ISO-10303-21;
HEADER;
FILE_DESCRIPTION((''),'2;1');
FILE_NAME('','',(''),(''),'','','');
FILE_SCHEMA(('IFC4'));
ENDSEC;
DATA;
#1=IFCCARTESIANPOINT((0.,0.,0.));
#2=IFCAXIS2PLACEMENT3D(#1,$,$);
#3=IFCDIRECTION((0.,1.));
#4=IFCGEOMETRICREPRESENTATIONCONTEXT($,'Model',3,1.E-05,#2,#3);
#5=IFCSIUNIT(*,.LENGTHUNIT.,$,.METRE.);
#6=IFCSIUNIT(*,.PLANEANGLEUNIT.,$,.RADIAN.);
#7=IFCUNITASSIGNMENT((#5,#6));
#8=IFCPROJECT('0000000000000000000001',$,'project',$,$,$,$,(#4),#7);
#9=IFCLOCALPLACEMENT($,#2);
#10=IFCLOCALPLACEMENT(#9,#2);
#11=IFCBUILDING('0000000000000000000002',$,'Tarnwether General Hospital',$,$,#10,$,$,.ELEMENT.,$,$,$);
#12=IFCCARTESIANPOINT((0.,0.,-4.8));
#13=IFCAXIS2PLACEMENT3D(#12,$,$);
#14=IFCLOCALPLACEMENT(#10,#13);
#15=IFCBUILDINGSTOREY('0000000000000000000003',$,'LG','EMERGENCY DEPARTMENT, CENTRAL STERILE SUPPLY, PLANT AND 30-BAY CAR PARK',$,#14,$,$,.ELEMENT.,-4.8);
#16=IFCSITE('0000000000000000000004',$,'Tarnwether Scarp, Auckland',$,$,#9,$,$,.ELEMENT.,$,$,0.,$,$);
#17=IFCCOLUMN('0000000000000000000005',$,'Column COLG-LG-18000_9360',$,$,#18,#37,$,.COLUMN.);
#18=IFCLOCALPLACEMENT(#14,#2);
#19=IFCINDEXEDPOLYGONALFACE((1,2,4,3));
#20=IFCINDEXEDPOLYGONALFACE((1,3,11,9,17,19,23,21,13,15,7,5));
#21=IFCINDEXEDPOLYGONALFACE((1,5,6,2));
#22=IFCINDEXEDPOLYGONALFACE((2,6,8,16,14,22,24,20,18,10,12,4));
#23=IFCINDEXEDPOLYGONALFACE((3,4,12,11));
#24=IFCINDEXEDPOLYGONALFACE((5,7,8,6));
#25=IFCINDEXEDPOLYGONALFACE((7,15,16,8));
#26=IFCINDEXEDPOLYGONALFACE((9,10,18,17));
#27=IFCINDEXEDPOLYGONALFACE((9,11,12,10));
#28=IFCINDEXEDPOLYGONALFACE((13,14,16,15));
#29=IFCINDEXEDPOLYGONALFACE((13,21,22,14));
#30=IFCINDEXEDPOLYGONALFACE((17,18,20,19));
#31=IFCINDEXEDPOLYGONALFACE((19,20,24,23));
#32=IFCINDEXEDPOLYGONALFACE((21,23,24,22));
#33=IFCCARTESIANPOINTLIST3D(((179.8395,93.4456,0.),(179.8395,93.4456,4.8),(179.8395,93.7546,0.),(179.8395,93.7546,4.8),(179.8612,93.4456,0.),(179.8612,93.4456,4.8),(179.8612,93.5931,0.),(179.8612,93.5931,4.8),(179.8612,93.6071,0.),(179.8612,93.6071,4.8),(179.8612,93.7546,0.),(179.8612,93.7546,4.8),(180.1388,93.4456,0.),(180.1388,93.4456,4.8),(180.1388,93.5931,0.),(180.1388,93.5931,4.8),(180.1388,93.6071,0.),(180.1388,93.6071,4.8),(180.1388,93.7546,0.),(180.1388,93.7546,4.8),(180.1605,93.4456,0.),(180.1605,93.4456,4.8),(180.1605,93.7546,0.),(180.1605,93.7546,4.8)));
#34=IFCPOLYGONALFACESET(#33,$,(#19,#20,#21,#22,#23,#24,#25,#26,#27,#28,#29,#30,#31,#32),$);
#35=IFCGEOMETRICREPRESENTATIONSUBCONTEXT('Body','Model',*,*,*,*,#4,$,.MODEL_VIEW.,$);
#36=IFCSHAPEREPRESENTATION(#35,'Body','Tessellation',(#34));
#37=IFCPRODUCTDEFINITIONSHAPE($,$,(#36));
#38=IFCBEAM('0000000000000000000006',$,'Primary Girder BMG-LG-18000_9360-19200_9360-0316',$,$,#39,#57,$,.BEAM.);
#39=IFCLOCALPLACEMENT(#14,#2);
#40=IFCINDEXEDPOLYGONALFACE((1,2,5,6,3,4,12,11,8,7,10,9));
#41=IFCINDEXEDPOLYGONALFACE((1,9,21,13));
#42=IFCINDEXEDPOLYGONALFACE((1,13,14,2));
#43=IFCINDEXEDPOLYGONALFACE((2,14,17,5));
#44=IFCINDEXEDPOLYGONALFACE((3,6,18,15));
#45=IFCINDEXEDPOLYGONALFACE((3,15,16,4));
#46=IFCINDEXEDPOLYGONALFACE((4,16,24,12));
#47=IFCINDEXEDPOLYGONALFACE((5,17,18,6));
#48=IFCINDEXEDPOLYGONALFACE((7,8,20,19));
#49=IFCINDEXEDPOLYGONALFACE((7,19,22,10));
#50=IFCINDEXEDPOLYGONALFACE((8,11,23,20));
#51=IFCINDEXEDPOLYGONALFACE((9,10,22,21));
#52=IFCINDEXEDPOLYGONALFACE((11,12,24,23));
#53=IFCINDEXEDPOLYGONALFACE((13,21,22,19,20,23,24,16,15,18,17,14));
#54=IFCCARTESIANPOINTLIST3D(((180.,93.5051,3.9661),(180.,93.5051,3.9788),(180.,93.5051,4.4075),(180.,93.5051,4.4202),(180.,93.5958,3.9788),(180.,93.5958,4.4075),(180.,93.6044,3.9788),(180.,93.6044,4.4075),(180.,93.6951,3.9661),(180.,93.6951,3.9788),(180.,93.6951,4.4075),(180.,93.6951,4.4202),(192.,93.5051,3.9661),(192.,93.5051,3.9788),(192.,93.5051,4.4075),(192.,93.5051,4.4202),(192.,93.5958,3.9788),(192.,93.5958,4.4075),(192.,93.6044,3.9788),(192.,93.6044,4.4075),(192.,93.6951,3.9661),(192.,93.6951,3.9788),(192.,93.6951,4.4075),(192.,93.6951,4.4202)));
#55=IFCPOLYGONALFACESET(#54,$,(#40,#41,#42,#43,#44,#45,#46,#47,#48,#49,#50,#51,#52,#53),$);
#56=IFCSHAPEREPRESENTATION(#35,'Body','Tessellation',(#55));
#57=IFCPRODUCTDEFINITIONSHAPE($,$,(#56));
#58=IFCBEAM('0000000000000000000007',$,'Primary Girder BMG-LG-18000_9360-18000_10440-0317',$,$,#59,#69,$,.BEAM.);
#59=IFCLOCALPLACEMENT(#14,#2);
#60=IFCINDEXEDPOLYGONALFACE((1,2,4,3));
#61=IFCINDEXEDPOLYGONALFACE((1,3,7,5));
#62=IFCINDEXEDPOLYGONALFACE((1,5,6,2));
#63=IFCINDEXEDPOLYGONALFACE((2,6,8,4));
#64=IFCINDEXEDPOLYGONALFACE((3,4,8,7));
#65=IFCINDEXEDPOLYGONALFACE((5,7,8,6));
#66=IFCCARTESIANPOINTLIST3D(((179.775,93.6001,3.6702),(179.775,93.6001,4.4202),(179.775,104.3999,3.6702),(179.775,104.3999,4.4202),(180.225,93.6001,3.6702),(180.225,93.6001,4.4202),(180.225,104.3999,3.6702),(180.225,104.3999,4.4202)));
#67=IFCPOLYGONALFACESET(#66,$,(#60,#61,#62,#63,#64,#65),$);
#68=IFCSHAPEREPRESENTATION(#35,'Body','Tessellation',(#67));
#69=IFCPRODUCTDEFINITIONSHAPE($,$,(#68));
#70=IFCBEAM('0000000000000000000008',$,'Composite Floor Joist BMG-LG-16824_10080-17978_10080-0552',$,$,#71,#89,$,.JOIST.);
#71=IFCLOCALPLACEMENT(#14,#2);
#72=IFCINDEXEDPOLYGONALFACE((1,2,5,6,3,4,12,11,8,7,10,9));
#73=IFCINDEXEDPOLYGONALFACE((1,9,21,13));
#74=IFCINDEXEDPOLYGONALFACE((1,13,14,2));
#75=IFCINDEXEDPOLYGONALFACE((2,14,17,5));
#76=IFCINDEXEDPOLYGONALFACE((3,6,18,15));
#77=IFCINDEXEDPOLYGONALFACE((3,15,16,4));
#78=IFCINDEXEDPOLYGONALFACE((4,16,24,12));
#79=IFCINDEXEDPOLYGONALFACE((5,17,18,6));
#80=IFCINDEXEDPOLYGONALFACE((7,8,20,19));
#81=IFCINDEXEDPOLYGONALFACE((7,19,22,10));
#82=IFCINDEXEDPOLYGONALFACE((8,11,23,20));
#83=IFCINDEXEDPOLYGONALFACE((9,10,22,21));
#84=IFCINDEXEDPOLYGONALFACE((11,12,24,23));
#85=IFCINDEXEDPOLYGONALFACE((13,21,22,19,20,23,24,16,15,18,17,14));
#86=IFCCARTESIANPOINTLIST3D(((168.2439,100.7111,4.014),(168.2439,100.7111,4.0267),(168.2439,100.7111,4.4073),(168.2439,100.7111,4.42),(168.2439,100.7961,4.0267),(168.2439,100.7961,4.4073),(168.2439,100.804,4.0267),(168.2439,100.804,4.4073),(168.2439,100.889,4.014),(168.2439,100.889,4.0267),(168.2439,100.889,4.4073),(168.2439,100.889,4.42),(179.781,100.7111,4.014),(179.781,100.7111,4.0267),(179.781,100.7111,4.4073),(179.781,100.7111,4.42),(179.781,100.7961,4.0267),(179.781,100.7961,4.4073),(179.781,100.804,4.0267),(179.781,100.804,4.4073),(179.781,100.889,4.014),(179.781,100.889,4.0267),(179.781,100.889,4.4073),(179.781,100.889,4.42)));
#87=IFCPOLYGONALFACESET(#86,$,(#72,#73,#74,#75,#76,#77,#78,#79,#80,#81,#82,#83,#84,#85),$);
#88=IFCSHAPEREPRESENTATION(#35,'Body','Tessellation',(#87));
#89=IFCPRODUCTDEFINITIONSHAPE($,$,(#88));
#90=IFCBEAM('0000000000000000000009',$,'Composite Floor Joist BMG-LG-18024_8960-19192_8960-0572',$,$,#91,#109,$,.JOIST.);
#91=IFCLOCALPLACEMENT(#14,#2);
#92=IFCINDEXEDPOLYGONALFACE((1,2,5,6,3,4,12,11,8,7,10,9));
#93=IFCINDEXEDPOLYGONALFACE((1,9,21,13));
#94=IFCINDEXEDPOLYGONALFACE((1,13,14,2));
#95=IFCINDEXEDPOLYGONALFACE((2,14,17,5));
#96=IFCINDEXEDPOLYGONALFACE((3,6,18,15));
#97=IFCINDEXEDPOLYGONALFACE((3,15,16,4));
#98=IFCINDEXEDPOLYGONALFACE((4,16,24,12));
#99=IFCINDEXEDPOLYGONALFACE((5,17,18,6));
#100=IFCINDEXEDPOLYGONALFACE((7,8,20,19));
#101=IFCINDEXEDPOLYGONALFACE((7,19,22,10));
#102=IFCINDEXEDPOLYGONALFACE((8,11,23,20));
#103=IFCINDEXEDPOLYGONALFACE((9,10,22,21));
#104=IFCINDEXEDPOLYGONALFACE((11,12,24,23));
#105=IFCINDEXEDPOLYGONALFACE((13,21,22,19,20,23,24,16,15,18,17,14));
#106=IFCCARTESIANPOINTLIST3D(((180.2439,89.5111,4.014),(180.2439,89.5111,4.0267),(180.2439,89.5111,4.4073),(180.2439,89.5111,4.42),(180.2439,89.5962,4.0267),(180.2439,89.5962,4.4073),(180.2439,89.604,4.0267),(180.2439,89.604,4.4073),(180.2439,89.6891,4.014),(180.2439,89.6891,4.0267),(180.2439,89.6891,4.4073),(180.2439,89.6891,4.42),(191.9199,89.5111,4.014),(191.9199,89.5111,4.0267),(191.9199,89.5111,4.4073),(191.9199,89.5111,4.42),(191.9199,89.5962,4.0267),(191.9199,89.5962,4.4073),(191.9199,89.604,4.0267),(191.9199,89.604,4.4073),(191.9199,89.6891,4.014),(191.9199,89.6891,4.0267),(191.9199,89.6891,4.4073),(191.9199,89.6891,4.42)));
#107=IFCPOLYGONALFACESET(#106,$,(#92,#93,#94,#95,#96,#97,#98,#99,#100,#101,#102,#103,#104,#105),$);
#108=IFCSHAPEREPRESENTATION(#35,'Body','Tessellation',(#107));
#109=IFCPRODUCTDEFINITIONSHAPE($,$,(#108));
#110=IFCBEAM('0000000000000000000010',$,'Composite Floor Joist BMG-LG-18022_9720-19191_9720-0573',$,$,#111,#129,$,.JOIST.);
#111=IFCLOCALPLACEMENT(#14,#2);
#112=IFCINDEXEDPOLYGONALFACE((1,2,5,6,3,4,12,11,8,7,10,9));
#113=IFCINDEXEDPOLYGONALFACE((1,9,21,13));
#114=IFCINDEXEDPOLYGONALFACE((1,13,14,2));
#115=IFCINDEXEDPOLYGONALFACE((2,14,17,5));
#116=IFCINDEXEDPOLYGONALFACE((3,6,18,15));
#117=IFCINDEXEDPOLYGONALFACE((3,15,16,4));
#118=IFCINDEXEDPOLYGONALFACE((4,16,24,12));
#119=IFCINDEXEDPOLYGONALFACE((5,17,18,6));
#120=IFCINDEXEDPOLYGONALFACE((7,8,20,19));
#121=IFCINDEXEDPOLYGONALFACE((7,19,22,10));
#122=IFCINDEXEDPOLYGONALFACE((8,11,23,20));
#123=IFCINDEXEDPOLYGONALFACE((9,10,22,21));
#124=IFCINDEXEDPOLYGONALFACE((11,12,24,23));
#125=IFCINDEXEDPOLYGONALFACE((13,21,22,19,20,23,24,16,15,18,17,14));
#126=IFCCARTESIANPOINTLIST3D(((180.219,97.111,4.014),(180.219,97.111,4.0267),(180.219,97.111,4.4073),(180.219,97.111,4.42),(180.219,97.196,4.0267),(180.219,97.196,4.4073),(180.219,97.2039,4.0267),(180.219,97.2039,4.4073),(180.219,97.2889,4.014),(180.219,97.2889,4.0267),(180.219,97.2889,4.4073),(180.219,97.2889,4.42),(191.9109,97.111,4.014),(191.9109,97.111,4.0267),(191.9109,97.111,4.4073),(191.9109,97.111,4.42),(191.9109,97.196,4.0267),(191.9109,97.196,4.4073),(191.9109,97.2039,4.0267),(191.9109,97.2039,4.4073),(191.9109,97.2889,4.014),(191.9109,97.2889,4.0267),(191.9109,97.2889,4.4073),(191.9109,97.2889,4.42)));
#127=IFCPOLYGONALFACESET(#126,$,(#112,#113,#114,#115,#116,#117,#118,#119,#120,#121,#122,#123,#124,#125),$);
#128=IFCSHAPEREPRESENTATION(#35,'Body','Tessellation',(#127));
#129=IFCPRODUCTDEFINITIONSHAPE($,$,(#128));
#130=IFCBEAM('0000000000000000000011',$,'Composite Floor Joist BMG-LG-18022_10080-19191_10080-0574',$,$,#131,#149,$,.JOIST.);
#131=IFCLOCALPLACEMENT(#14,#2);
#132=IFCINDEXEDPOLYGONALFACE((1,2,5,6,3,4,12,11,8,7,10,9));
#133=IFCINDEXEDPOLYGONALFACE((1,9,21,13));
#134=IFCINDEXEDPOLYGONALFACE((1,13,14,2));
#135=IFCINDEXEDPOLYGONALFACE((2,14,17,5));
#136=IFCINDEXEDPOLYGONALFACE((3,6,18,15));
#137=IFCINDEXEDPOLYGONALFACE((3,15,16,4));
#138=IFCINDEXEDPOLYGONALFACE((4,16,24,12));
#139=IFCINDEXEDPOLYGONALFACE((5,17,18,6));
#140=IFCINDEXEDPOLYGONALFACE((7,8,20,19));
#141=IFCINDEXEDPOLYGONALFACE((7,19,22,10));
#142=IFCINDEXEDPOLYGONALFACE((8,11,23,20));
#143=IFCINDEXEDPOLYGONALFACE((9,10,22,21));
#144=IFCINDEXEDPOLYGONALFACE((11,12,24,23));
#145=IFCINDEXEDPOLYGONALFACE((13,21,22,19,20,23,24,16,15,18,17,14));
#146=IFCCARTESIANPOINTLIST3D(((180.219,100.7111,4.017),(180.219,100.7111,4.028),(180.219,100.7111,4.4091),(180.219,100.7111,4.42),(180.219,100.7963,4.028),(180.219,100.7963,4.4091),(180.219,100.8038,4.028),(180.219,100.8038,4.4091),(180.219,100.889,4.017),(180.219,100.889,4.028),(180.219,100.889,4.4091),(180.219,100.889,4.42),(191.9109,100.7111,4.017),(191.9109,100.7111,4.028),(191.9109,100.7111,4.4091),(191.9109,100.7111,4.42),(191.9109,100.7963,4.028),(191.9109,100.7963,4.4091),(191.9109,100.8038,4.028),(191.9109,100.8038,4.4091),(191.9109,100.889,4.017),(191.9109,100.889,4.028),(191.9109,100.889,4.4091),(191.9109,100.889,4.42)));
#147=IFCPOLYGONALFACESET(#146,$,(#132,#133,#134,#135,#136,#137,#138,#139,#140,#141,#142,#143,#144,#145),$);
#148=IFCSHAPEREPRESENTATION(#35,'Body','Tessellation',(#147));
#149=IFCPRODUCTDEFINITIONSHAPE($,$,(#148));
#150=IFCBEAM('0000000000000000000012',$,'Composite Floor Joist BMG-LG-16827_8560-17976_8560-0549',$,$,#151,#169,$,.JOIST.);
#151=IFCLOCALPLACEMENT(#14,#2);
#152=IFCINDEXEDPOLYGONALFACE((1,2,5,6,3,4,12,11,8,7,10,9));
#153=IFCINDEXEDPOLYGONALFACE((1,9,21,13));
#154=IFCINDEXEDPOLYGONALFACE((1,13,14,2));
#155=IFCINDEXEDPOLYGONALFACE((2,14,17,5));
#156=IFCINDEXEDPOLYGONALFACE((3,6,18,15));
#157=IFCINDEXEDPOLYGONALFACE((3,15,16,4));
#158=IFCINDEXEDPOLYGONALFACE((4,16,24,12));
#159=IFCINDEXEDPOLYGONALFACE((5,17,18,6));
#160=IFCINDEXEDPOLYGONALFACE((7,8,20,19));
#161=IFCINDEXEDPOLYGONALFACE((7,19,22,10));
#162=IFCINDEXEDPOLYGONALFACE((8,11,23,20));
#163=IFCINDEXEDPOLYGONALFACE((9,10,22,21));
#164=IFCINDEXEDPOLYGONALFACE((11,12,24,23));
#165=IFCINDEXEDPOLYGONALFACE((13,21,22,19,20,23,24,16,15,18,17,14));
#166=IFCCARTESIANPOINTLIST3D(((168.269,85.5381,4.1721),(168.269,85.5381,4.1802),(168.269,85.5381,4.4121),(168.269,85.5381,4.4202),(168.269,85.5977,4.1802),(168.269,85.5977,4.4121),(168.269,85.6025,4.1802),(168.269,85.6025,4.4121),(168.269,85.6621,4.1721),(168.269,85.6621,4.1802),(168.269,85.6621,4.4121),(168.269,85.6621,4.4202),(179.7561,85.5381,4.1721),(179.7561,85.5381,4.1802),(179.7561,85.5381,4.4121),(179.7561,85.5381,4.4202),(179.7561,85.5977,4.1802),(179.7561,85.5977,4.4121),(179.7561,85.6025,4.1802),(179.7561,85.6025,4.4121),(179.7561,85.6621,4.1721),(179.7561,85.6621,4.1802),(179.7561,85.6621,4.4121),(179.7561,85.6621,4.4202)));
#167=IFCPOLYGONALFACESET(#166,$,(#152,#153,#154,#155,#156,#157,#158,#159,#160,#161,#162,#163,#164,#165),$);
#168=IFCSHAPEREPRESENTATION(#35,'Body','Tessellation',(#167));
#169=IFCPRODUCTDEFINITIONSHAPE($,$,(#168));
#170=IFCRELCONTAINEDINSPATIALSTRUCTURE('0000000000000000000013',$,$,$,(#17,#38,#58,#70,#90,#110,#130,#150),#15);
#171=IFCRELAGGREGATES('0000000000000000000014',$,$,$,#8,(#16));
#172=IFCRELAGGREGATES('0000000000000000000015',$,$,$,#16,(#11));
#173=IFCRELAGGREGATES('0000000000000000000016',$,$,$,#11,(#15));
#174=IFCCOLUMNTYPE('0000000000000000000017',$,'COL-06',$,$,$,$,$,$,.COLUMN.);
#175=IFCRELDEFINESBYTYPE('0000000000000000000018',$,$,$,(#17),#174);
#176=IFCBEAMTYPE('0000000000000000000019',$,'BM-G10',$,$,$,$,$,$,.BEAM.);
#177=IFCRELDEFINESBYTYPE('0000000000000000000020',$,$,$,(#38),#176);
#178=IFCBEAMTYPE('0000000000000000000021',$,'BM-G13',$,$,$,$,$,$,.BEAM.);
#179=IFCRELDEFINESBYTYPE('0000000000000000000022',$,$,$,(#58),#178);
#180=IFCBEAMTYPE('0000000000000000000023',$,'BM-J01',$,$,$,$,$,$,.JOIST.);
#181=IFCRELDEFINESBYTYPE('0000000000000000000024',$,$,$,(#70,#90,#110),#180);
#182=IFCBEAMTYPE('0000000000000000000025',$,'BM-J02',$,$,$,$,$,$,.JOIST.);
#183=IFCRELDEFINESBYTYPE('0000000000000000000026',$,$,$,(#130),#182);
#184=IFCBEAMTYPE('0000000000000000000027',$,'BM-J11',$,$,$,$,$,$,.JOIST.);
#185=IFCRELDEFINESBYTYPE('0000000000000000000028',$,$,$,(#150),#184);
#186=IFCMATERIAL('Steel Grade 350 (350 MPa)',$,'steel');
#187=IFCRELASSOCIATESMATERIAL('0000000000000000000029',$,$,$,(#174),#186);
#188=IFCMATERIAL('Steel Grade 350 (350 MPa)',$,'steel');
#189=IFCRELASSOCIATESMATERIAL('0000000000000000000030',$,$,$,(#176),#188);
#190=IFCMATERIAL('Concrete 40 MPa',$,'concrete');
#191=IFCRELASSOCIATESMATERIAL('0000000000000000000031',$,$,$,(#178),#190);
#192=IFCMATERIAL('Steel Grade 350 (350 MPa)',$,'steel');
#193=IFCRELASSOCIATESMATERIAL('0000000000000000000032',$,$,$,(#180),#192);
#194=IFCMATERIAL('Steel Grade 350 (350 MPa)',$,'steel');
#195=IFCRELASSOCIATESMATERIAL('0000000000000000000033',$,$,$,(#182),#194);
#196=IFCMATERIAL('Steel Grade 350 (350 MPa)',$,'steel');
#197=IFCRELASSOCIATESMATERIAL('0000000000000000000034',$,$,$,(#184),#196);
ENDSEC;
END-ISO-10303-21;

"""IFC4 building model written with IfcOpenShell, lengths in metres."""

from ifc_helpers import new_model, si_unit, direction, frame, origin, origin_2d, place, context, subcontext, project, spatial, rectangle, i_section, extrude, material, material_profile, profile_set, type_object, element, save


model = new_model("IFC4")

# Units and contexts
model_context = context("Model", 3, precision=1e-05, world=origin(), true_north=direction((0.0, 1.0)))
body_context = subcontext(model_context, "Body", "Model", "MODEL_VIEW")
ifc_project = project(units=[si_unit("LENGTHUNIT", "METRE"), si_unit("PLANEANGLEUNIT", "RADIAN")], contexts=[model_context])

# Site, building, storey
site_placement = place(None, origin())
site = spatial("IfcSite", under=ifc_project, at=site_placement, Name="Tarnwether Scarp, Auckland", CompositionType="ELEMENT", RefElevation=0.0)
building_placement = place(site_placement, origin())
building = spatial("IfcBuilding", under=site, at=building_placement, Name="Tarnwether General Hospital", CompositionType="ELEMENT")
storey_placement = place(building_placement, frame((0.0, 0.0, -4.8)))
storey = spatial("IfcBuildingStorey", under=building, at=storey_placement, Name="LG", Description="EMERGENCY DEPARTMENT, CENTRAL STERILE SUPPLY, PLANT AND 30-BAY CAR PARK", CompositionType="ELEMENT", Elevation=-4.8)

# Column
ifc_material_1 = material(Name="Steel Grade 350 (350 MPa)", Category="steel")
ifc_material_profile_1 = material_profile(ifc_material_1, i_section(OverallWidth=0.3091, OverallDepth=0.321, WebThickness=0.0139, FlangeThickness=0.0217, at=origin_2d()), Name="310UC137")
ifc_profile_set_1 = profile_set([ifc_material_profile_1], Name="Steel Grade 350 (350 MPa)")
column_type = type_object("IfcColumnType", Name="COL-06", PredefinedType="COLUMN", material=ifc_profile_set_1)
column_placement = place(storey_placement, frame((180.0, 93.6001, 0.0), z_axis=(0.0, 0.0, 1.0), x_axis=(0.0, 1.0, 0.0)))
element("IfcColumn", 1, at=column_placement, inside=storey, type_object=column_type, Name="Column COLG-LG-18000_9360", PredefinedType="COLUMN", context=body_context, shape_type="SweptSolid", body=[
    extrude(i_section(OverallWidth=0.3091, OverallDepth=0.321, WebThickness=0.0139, FlangeThickness=0.0217, at=origin_2d()), origin(), (0.0, 0.0, 1.0), 4.8),
])

# Beams
ifc_material_2 = material(Name="Steel Grade 350 (350 MPa)", Category="steel")
ifc_material_profile_2 = material_profile(ifc_material_2, i_section(OverallWidth=0.1899, OverallDepth=0.4541, WebThickness=0.0085, FlangeThickness=0.0127, at=origin_2d()), Name="460UB67.1")
ifc_profile_set_2 = profile_set([ifc_material_profile_2], Name="Steel Grade 350 (350 MPa)")
beam_type_1 = type_object("IfcBeamType", Name="BM-G10", PredefinedType="BEAM", material=ifc_profile_set_2)
beam_1_placement = place(storey_placement, frame((180.0, 93.6001, 4.1931), z_axis=(1.0, 0.0, 0.0), x_axis=(0.0, 1.0, 0.0)))
element("IfcBeam", 2, at=beam_1_placement, inside=storey, type_object=beam_type_1, Name="Primary Girder BMG-LG-18000_9360-19200_9360-0316", PredefinedType="BEAM", context=body_context, shape_type="SweptSolid", body=[
    extrude(i_section(OverallWidth=0.1899, OverallDepth=0.4541, WebThickness=0.0085, FlangeThickness=0.0127, at=origin_2d()), origin(), (0.0, 0.0, 1.0), 12.0),
])
ifc_material_3 = material(Name="Concrete 40 MPa", Category="concrete")
ifc_material_profile_3 = material_profile(ifc_material_3, rectangle(XDim=0.45, YDim=0.75, at=origin_2d()), Name="RC-BM-450x750")
ifc_profile_set_3 = profile_set([ifc_material_profile_3], Name="Concrete 40 MPa")
beam_type_2 = type_object("IfcBeamType", Name="BM-G13", PredefinedType="BEAM", material=ifc_profile_set_3)
beam_2_placement = place(storey_placement, frame((180.0, 93.6001, 4.0452), z_axis=(0.0, 1.0, 0.0), x_axis=(-1.0, 0.0, 0.0)))
element("IfcBeam", 3, at=beam_2_placement, inside=storey, type_object=beam_type_2, Name="Primary Girder BMG-LG-18000_9360-18000_10440-0317", PredefinedType="BEAM", context=body_context, shape_type="SweptSolid", body=[
    extrude(rectangle(XDim=0.45, YDim=0.75, at=origin_2d()), origin(), (0.0, 0.0, 1.0), 10.7998),
])
ifc_material_4 = material(Name="Steel Grade 350 (350 MPa)", Category="steel")
ifc_material_profile_4 = material_profile(ifc_material_4, i_section(OverallWidth=0.178, OverallDepth=0.406, WebThickness=0.0078, FlangeThickness=0.0127, at=origin_2d()), Name="410UB59.7")
ifc_profile_set_4 = profile_set([ifc_material_profile_4], Name="Steel Grade 350 (350 MPa)")
beam_type_3 = type_object("IfcBeamType", Name="BM-J01", PredefinedType="JOIST", material=ifc_profile_set_4)
beam_3_placement = place(storey_placement, frame((168.2439, 100.8, 4.217), z_axis=(1.0, 0.0, 0.0), x_axis=(0.0, 1.0, 0.0)))
element("IfcBeam", 4, at=beam_3_placement, inside=storey, type_object=beam_type_3, Name="Composite Floor Joist BMG-LG-16824_10080-17978_10080-0552", PredefinedType="JOIST", context=body_context, shape_type="SweptSolid", body=[
    extrude(i_section(OverallWidth=0.178, OverallDepth=0.406, WebThickness=0.0078, FlangeThickness=0.0127, at=origin_2d()), origin(), (0.0, 0.0, 1.0), 11.5371),
])
beam_4_placement = place(storey_placement, frame((180.2439, 89.6001, 4.217), z_axis=(1.0, 0.0, 0.0), x_axis=(0.0, 1.0, 0.0)))
element("IfcBeam", 5, at=beam_4_placement, inside=storey, type_object=beam_type_3, Name="Composite Floor Joist BMG-LG-18024_8960-19192_8960-0572", PredefinedType="JOIST", context=body_context, shape_type="SweptSolid", body=[
    extrude(i_section(OverallWidth=0.178, OverallDepth=0.406, WebThickness=0.0078, FlangeThickness=0.0127, at=origin_2d()), origin(), (0.0, 0.0, 1.0), 11.676),
])
beam_5_placement = place(storey_placement, frame((180.219, 97.2, 4.217), z_axis=(1.0, 0.0, 0.0), x_axis=(0.0, 1.0, 0.0)))
element("IfcBeam", 6, at=beam_5_placement, inside=storey, type_object=beam_type_3, Name="Composite Floor Joist BMG-LG-18022_9720-19191_9720-0573", PredefinedType="JOIST", context=body_context, shape_type="SweptSolid", body=[
    extrude(i_section(OverallWidth=0.178, OverallDepth=0.406, WebThickness=0.0078, FlangeThickness=0.0127, at=origin_2d()), origin(), (0.0, 0.0, 1.0), 11.6919),
])
ifc_material_5 = material(Name="Steel Grade 350 (350 MPa)", Category="steel")
ifc_material_profile_5 = material_profile(ifc_material_5, i_section(OverallWidth=0.178, OverallDepth=0.4031, WebThickness=0.0076, FlangeThickness=0.011, at=origin_2d()), Name="410UB53.7")
ifc_profile_set_5 = profile_set([ifc_material_profile_5], Name="Steel Grade 350 (350 MPa)")
beam_type_4 = type_object("IfcBeamType", Name="BM-J02", PredefinedType="JOIST", material=ifc_profile_set_5)
beam_6_placement = place(storey_placement, frame((180.219, 100.8, 4.2185), z_axis=(1.0, 0.0, 0.0), x_axis=(0.0, 1.0, 0.0)))
element("IfcBeam", 7, at=beam_6_placement, inside=storey, type_object=beam_type_4, Name="Composite Floor Joist BMG-LG-18022_10080-19191_10080-0574", PredefinedType="JOIST", context=body_context, shape_type="SweptSolid", body=[
    extrude(i_section(OverallWidth=0.178, OverallDepth=0.4031, WebThickness=0.0076, FlangeThickness=0.011, at=origin_2d()), origin(), (0.0, 0.0, 1.0), 11.6919),
])
ifc_material_6 = material(Name="Steel Grade 350 (350 MPa)", Category="steel")
ifc_material_profile_6 = material_profile(ifc_material_6, i_section(OverallWidth=0.124, OverallDepth=0.248, WebThickness=0.0049, FlangeThickness=0.0081, at=origin_2d()), Name="250UB25.7")
ifc_profile_set_6 = profile_set([ifc_material_profile_6], Name="Steel Grade 350 (350 MPa)")
beam_type_5 = type_object("IfcBeamType", Name="BM-J11", PredefinedType="JOIST", material=ifc_profile_set_6)
beam_7_placement = place(storey_placement, frame((168.269, 85.6001, 4.2961), z_axis=(1.0, 0.0, 0.0), x_axis=(0.0, 1.0, 0.0)))
element("IfcBeam", 8, at=beam_7_placement, inside=storey, type_object=beam_type_5, Name="Composite Floor Joist BMG-LG-16827_8560-17976_8560-0549", PredefinedType="JOIST", context=body_context, shape_type="SweptSolid", body=[
    extrude(i_section(OverallWidth=0.124, OverallDepth=0.248, WebThickness=0.0049, FlangeThickness=0.0081, at=origin_2d()), origin(), (0.0, 0.0, 1.0), 11.4871),
])

save(model, "model.ifc")
